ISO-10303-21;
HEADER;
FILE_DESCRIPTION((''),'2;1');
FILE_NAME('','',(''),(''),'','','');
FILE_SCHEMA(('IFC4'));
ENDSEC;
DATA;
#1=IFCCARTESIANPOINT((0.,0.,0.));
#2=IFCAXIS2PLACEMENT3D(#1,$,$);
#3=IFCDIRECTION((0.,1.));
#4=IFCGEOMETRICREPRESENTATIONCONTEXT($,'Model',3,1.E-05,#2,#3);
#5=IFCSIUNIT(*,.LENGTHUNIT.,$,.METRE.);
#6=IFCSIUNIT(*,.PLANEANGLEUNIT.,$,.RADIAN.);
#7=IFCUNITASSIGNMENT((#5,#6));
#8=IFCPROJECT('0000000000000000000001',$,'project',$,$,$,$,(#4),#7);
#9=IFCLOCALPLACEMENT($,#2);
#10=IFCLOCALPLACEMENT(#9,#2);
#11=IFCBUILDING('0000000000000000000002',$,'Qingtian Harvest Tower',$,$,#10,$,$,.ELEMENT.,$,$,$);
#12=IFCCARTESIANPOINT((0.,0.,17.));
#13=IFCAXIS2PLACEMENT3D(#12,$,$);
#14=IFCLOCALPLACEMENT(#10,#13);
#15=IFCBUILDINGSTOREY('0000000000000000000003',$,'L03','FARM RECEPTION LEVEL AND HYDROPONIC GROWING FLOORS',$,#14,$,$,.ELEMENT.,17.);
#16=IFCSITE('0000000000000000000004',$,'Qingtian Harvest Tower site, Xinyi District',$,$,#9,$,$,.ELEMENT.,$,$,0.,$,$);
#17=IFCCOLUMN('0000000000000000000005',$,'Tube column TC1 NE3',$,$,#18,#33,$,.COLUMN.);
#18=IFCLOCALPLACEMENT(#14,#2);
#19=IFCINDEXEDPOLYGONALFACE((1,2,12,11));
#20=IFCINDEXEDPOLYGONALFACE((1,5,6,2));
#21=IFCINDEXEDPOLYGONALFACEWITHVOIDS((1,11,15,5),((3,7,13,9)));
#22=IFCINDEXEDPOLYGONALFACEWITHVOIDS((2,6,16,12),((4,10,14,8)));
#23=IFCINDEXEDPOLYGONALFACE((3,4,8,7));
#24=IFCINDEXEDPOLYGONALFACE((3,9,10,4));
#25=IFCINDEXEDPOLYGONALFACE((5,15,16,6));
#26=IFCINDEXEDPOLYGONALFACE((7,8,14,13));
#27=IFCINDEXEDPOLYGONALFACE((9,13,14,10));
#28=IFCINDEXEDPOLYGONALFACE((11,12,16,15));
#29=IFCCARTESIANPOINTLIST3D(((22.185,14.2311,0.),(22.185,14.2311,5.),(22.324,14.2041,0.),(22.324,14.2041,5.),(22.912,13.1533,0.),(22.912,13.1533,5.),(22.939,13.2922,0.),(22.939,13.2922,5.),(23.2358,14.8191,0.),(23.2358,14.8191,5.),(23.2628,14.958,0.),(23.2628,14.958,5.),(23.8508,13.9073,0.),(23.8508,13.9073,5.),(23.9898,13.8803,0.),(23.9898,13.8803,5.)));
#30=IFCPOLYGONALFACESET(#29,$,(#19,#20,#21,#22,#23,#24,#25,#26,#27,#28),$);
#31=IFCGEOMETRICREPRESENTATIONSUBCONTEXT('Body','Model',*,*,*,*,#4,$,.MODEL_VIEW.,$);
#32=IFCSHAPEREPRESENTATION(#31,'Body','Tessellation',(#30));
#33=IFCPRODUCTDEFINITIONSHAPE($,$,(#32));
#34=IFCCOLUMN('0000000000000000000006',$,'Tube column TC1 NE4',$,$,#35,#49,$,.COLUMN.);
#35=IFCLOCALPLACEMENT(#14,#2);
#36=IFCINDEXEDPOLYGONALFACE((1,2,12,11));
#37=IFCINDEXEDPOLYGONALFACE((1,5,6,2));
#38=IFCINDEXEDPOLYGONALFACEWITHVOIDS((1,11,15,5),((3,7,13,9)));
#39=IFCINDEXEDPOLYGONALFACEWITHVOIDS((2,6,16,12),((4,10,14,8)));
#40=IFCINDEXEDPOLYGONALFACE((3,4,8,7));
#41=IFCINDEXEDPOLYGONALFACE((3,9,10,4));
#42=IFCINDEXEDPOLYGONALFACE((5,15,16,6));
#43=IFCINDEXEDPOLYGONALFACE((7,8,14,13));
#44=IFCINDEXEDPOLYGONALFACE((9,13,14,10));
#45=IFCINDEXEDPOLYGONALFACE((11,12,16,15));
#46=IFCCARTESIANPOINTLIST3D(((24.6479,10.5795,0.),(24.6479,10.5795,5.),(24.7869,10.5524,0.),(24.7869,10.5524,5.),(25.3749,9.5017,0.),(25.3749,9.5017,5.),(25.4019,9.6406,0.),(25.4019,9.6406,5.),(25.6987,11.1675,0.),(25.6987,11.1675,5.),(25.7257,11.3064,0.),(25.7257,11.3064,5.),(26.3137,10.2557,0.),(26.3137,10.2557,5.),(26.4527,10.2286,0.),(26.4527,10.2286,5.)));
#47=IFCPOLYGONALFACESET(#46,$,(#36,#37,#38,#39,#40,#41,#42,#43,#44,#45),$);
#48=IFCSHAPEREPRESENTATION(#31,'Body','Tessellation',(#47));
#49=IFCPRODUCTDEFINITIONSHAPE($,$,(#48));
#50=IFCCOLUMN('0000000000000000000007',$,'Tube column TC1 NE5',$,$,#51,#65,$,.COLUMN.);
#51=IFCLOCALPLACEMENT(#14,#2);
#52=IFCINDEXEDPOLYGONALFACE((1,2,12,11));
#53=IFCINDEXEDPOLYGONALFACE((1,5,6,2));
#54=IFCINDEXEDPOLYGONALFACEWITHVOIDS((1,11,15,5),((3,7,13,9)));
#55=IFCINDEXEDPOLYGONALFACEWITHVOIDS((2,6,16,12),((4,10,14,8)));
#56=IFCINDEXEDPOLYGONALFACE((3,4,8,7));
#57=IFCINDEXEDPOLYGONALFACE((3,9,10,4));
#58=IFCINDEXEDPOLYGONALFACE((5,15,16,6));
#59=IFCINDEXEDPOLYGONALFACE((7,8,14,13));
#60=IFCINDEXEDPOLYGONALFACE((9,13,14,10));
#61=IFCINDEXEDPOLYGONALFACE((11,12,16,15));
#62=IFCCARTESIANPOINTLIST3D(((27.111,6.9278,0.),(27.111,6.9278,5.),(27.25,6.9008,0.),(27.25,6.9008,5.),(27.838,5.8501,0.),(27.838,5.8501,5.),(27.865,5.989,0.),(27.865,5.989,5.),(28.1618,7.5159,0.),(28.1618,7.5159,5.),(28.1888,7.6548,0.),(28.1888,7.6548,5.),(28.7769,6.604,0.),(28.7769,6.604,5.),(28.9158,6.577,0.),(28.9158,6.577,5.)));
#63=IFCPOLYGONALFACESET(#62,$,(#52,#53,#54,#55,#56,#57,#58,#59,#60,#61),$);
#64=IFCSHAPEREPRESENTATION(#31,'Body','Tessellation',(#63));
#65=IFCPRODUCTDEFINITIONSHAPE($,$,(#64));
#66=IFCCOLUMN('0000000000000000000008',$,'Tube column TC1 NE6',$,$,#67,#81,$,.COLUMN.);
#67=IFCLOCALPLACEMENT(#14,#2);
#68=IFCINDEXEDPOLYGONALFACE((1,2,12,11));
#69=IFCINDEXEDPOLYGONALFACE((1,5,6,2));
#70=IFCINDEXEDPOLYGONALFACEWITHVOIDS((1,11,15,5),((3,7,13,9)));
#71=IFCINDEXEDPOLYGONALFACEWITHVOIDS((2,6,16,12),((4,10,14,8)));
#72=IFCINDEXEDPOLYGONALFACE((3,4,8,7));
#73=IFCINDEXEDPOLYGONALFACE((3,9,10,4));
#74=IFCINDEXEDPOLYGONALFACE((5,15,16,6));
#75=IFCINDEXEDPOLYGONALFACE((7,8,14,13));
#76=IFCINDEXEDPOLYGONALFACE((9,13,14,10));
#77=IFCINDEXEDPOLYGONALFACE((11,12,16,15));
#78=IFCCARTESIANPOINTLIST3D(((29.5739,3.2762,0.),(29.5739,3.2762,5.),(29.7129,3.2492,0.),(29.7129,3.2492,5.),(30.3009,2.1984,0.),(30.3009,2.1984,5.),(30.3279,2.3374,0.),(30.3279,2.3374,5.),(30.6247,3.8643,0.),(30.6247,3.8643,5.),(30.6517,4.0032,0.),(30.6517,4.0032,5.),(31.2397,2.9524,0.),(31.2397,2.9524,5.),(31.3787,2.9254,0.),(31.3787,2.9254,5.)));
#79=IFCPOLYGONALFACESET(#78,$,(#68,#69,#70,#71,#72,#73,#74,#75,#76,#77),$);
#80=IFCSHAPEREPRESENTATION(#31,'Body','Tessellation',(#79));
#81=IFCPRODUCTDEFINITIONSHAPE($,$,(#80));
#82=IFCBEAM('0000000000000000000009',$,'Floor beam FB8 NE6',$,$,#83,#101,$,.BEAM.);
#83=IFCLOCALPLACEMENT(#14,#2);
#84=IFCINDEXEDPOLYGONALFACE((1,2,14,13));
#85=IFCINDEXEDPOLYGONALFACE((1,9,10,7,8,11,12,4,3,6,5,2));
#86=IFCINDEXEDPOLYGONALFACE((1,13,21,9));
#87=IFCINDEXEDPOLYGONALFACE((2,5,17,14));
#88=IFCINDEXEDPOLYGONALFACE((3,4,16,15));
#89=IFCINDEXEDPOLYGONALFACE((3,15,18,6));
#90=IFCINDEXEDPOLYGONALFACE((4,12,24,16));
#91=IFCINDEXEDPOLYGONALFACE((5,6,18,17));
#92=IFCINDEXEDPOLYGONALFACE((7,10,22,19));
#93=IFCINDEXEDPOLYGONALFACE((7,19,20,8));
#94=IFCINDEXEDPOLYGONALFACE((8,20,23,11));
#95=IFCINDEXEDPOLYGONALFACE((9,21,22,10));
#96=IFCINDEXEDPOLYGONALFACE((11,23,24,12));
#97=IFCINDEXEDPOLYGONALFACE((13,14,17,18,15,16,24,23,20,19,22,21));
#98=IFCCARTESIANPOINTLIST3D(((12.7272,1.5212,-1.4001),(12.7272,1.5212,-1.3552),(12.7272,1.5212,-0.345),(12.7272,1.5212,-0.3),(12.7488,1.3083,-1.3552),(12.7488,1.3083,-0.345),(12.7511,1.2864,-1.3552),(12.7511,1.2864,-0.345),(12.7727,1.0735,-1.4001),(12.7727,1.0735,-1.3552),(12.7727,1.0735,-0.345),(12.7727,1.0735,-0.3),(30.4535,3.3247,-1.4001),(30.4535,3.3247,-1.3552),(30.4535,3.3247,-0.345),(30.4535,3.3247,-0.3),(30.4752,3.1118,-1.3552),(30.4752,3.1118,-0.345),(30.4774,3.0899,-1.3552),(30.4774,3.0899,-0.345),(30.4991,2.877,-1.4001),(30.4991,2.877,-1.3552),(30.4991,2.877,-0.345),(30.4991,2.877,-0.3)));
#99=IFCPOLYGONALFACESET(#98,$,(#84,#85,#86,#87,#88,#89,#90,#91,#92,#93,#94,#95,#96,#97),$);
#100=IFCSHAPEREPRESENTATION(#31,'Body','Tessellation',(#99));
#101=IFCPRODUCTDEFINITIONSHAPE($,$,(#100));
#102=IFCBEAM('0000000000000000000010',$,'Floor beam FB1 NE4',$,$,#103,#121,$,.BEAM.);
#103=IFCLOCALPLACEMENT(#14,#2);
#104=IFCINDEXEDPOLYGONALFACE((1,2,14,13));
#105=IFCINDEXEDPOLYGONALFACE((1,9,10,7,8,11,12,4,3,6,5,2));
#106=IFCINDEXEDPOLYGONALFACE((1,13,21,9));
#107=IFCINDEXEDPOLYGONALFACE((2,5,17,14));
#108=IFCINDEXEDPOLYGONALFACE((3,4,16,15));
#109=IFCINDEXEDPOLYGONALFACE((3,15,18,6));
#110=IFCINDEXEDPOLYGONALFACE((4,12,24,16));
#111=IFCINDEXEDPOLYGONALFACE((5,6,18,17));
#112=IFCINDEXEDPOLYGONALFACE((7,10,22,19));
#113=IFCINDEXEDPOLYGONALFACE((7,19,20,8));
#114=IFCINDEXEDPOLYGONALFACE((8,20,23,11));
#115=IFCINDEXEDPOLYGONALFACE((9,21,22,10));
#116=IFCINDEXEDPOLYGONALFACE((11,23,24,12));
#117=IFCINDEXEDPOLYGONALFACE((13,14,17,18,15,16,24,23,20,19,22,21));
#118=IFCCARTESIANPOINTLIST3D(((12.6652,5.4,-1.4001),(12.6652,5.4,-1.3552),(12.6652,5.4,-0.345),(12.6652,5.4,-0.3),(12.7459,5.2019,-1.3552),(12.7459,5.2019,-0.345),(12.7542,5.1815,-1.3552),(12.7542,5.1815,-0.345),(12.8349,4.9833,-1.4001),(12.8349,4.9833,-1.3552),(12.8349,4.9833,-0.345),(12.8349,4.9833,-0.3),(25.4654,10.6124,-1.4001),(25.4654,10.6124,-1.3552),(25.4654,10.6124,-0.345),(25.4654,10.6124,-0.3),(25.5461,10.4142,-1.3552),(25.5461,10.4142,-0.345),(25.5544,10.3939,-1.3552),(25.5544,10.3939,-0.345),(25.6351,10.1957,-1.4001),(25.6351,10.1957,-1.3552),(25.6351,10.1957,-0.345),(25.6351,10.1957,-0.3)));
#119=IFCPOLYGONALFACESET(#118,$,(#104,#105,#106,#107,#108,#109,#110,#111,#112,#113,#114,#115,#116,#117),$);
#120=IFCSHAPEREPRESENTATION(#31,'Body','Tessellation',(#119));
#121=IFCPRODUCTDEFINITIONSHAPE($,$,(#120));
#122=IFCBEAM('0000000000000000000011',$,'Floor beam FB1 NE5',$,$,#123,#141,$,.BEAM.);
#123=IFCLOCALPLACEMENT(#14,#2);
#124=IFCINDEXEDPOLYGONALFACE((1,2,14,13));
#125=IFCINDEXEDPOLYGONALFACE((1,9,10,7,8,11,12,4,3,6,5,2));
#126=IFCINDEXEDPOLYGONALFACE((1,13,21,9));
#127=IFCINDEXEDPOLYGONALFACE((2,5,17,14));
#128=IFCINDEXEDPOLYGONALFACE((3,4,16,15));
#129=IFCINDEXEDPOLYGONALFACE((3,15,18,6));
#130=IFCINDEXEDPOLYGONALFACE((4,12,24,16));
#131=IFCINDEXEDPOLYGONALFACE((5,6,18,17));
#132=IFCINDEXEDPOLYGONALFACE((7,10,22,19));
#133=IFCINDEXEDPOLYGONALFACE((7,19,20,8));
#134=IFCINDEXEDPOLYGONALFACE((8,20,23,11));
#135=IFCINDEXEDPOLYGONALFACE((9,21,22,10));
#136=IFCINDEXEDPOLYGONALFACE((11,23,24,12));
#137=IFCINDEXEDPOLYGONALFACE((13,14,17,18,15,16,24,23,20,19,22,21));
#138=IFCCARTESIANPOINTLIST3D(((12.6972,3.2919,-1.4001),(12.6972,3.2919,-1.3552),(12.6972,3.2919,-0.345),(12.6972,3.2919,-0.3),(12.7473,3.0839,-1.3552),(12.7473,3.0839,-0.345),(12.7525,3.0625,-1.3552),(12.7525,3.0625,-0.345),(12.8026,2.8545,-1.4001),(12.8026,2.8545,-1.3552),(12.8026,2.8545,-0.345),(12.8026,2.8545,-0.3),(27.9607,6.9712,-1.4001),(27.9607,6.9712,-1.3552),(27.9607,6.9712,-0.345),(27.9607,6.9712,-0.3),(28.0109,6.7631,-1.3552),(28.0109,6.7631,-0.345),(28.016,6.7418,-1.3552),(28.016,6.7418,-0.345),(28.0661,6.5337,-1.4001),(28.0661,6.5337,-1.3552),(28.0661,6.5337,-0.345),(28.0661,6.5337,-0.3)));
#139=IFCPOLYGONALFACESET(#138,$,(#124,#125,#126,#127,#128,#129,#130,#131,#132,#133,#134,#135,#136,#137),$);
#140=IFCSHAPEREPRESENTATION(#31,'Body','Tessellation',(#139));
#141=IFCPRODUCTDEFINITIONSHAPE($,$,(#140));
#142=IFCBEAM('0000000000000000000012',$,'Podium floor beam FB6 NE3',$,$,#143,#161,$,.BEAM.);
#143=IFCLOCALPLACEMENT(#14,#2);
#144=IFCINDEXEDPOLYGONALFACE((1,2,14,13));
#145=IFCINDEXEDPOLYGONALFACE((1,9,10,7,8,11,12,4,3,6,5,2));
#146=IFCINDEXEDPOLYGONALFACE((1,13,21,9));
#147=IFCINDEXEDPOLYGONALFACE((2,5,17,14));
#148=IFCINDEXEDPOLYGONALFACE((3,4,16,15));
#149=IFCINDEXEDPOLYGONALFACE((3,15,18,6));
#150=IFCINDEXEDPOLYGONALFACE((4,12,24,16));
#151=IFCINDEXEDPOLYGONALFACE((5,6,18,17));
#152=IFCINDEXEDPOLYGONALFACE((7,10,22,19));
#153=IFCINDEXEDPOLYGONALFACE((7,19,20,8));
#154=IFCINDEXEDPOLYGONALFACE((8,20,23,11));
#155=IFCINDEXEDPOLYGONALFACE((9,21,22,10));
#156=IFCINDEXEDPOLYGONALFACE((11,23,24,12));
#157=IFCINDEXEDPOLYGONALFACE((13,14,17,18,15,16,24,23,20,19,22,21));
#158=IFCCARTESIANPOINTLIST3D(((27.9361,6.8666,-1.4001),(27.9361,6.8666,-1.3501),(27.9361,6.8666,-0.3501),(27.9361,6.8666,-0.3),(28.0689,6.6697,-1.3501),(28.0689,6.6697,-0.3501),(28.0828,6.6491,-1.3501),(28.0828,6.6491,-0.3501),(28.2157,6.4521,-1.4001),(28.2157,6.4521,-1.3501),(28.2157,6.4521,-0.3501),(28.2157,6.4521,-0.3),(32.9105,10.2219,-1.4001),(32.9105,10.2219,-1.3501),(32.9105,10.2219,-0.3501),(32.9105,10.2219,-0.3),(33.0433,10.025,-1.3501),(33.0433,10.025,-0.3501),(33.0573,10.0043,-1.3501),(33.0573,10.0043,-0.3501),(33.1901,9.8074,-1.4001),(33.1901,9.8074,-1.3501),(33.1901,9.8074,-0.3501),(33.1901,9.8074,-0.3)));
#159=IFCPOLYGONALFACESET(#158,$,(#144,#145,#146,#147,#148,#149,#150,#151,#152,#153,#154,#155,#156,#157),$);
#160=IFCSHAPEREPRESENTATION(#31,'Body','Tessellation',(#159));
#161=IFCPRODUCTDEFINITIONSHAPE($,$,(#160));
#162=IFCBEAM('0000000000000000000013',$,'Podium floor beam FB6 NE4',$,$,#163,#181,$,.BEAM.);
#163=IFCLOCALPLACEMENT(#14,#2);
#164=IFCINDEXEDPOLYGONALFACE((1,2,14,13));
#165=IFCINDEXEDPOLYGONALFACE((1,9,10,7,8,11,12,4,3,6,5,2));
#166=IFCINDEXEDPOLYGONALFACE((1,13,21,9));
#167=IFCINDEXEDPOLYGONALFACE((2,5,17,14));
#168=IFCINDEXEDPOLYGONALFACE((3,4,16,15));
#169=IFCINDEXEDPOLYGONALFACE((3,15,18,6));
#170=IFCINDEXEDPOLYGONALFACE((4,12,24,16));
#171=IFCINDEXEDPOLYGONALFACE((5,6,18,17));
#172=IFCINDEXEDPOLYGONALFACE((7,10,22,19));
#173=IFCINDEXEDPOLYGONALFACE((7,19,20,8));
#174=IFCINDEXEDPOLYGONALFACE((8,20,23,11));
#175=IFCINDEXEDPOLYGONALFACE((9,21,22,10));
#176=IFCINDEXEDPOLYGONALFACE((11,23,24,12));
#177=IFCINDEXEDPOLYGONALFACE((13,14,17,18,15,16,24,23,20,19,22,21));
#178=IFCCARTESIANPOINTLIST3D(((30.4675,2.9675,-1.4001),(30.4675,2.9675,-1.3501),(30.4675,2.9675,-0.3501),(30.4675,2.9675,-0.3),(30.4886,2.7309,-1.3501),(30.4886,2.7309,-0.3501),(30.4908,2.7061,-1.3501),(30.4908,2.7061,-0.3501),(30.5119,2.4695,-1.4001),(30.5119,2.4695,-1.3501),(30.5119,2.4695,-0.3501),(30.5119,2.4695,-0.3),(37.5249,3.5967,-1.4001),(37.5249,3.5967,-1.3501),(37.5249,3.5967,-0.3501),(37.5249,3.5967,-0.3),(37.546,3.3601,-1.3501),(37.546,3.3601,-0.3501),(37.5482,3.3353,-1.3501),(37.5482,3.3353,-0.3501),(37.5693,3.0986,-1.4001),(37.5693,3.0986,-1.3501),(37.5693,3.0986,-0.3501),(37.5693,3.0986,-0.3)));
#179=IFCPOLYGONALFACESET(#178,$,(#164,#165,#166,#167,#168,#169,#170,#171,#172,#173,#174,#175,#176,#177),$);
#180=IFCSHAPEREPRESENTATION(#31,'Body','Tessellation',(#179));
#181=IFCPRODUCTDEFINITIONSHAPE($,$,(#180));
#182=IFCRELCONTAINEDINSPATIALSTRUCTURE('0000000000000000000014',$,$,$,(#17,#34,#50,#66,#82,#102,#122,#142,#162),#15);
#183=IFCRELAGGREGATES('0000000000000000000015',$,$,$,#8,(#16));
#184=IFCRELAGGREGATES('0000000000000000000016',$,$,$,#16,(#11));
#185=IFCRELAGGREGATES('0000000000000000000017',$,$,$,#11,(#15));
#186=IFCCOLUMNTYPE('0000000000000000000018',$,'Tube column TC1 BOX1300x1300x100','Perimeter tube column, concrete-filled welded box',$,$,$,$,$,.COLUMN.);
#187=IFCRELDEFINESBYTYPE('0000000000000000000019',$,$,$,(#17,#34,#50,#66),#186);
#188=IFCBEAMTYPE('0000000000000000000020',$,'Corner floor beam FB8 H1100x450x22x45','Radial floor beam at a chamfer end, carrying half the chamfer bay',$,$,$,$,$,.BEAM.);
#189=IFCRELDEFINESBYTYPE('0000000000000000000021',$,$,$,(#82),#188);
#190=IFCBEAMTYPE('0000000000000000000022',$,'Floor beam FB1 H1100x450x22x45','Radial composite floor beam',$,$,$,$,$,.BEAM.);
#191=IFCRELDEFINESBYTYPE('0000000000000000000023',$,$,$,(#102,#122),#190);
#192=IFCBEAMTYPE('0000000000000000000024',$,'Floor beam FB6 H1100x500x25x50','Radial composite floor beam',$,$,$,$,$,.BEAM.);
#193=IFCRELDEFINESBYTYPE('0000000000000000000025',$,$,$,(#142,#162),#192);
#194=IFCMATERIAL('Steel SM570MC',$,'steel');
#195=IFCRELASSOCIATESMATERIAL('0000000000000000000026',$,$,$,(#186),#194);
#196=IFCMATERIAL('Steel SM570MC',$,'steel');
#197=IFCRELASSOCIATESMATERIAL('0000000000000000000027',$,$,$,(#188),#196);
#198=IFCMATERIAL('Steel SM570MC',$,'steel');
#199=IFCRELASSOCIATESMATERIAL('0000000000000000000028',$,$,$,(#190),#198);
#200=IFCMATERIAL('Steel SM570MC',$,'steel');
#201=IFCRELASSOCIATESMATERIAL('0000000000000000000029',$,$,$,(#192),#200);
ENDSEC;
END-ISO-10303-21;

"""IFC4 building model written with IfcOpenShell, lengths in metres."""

from ifc_helpers import new_model, si_unit, direction, frame, origin, origin_2d, place, context, subcontext, project, spatial, hollow_rectangle, i_section, extrude, material, material_profile, profile_set, type_object, element, save


model = new_model("IFC4")

# Units and contexts
model_context = context("Model", 3, precision=1e-05, world=origin(), true_north=direction((0.0, 1.0)))
body_context = subcontext(model_context, "Body", "Model", "MODEL_VIEW")
ifc_project = project(units=[si_unit("LENGTHUNIT", "METRE"), si_unit("PLANEANGLEUNIT", "RADIAN")], contexts=[model_context])

# Site, building, storey
site_placement = place(None, origin())
site = spatial("IfcSite", under=ifc_project, at=site_placement, Name="Qingtian Harvest Tower site, Xinyi District", CompositionType="ELEMENT", RefElevation=0.0)
building_placement = place(site_placement, origin())
building = spatial("IfcBuilding", under=site, at=building_placement, Name="Qingtian Harvest Tower", CompositionType="ELEMENT")
storey_placement = place(building_placement, frame((0.0, 0.0, 17.0)))
storey = spatial("IfcBuildingStorey", under=building, at=storey_placement, Name="L03", Description="FARM RECEPTION LEVEL AND HYDROPONIC GROWING FLOORS", CompositionType="ELEMENT", Elevation=17.0)

# Columns
ifc_material_1 = material(Name="Steel SM570MC", Category="steel")
ifc_material_profile_1 = material_profile(ifc_material_1, hollow_rectangle(XDim=1.3, YDim=1.3, WallThickness=0.1001, at=origin_2d()), Name="BOX1300x1300x100")
ifc_profile_set_1 = profile_set([ifc_material_profile_1], Name="Steel SM570MC")
column_type = type_object("IfcColumnType", Name="Tube column TC1 BOX1300x1300x100", Description="Perimeter tube column, concrete-filled welded box", PredefinedType="COLUMN", material=ifc_profile_set_1)
for number, where, z_axis, x_axis, name in (
    (1, (23.0874, 14.0557, 0.0), (0.0, 0.0, 1.0), (-0.559193, 0.829038, 0.0), "Tube column TC1 NE3"),
    (2, (25.5503, 10.4041, 0.0), (0.0, 0.0, 1.0), (-0.559193, 0.829038, 0.0), "Tube column TC1 NE4"),
    (3, (28.0134, 6.7524, 0.0), (0.0, 0.0, 1.0), (-0.559193, 0.829038, 0.0), "Tube column TC1 NE5"),
    (4, (30.4763, 3.1008, 0.0), (0.0, 0.0, 1.0), (-0.559193, 0.829038, 0.0), "Tube column TC1 NE6"),
):
    element("IfcColumn", number, at=place(storey_placement, frame(where, z_axis=z_axis, x_axis=x_axis)), inside=storey, type_object=column_type, Name=name, PredefinedType="COLUMN", context=body_context, shape_type="SweptSolid", body=[
        extrude(hollow_rectangle(XDim=1.3, YDim=1.3, WallThickness=0.1001, at=origin_2d()), origin(), (0.0, 0.0, 1.0), 5.0),
    ])

# Beams
ifc_material_2 = material(Name="Steel SM570MC", Category="steel")
ifc_material_profile_2 = material_profile(ifc_material_2, i_section(OverallWidth=0.45, OverallDepth=1.1001, WebThickness=0.022, FlangeThickness=0.0449, at=origin_2d()), Name="H1100x450x22x45")
ifc_profile_set_2 = profile_set([ifc_material_profile_2], Name="Steel SM570MC")
beam_type_1 = type_object("IfcBeamType", Name="Corner floor beam FB8 H1100x450x22x45", Description="Radial floor beam at a chamfer end, carrying half the chamfer bay", PredefinedType="BEAM", material=ifc_profile_set_2)
beam_1_placement = place(storey_placement, frame((30.4763, 3.1008, -0.8501), z_axis=(-0.994864, -0.101217, 0.0), x_axis=(0.101217, -0.994864, 0.0)))
element("IfcBeam", 5, at=beam_1_placement, inside=storey, type_object=beam_type_1, Name="Floor beam FB8 NE6", PredefinedType="BEAM", context=body_context, shape_type="SweptSolid", body=[
    extrude(i_section(OverallWidth=0.45, OverallDepth=1.1001, WebThickness=0.022, FlangeThickness=0.0449, at=origin_2d()), origin(), (0.0, 0.0, 1.0), 17.8179),
])
ifc_material_3 = material(Name="Steel SM570MC", Category="steel")
ifc_material_profile_3 = material_profile(ifc_material_3, i_section(OverallWidth=0.45, OverallDepth=1.1001, WebThickness=0.022, FlangeThickness=0.0449, at=origin_2d()), Name="H1100x450x22x45")
ifc_profile_set_3 = profile_set([ifc_material_profile_3], Name="Steel SM570MC")
beam_type_2 = type_object("IfcBeamType", Name="Floor beam FB1 H1100x450x22x45", Description="Radial composite floor beam", PredefinedType="BEAM", material=ifc_profile_set_3)
beam_2_placement = place(storey_placement, frame((25.5503, 10.4041, -0.8501), z_axis=(-0.926156, -0.37714, 0.0), x_axis=(0.37714, -0.926156, 0.0)))
element("IfcBeam", 6, at=beam_2_placement, inside=storey, type_object=beam_type_2, Name="Floor beam FB1 NE4", PredefinedType="BEAM", context=body_context, shape_type="SweptSolid", body=[
    extrude(i_section(OverallWidth=0.45, OverallDepth=1.1001, WebThickness=0.022, FlangeThickness=0.0449, at=origin_2d()), origin(), (0.0, 0.0, 1.0), 13.8208),
])
beam_3_placement = place(storey_placement, frame((28.0134, 6.7524, -0.8501), z_axis=(-0.972156, -0.234335, 0.0), x_axis=(0.234335, -0.972156, 0.0)))
element("IfcBeam", 7, at=beam_3_placement, inside=storey, type_object=beam_type_2, Name="Floor beam FB1 NE5", PredefinedType="BEAM", context=body_context, shape_type="SweptSolid", body=[
    extrude(i_section(OverallWidth=0.45, OverallDepth=1.1001, WebThickness=0.022, FlangeThickness=0.0449, at=origin_2d()), origin(), (0.0, 0.0, 1.0), 15.7007),
])
ifc_material_4 = material(Name="Steel SM570MC", Category="steel")
ifc_material_profile_4 = material_profile(ifc_material_4, i_section(OverallWidth=0.5, OverallDepth=1.1001, WebThickness=0.0249, FlangeThickness=0.05, at=origin_2d()), Name="H1100x500x25x50")
ifc_profile_set_4 = profile_set([ifc_material_profile_4], Name="Steel SM570MC")
beam_type_3 = type_object("IfcBeamType", Name="Floor beam FB6 H1100x500x25x50", Description="Radial composite floor beam", PredefinedType="BEAM", material=ifc_profile_set_4)
beam_4_placement = place(storey_placement, frame((33.0503, 10.0146, -0.8501), z_axis=(-0.82904, -0.55919, 0.0), x_axis=(0.55919, -0.82904, 0.0)))
element("IfcBeam", 8, at=beam_4_placement, inside=storey, type_object=beam_type_3, Name="Podium floor beam FB6 NE3", PredefinedType="BEAM", context=body_context, shape_type="SweptSolid", body=[
    extrude(i_section(OverallWidth=0.5, OverallDepth=1.1001, WebThickness=0.0249, FlangeThickness=0.05, at=origin_2d()), origin(), (0.0, 0.0, 1.0), 6.0002),
])
beam_5_placement = place(storey_placement, frame((37.5471, 3.3477, -0.8501), z_axis=(-0.99605, -0.088796, 0.0), x_axis=(0.088796, -0.99605, 0.0)))
element("IfcBeam", 9, at=beam_5_placement, inside=storey, type_object=beam_type_3, Name="Podium floor beam FB6 NE4", PredefinedType="BEAM", context=body_context, shape_type="SweptSolid", body=[
    extrude(i_section(OverallWidth=0.5, OverallDepth=1.1001, WebThickness=0.0249, FlangeThickness=0.05, at=origin_2d()), origin(), (0.0, 0.0, 1.0), 7.0854),
])

save(model, "model.ifc")
